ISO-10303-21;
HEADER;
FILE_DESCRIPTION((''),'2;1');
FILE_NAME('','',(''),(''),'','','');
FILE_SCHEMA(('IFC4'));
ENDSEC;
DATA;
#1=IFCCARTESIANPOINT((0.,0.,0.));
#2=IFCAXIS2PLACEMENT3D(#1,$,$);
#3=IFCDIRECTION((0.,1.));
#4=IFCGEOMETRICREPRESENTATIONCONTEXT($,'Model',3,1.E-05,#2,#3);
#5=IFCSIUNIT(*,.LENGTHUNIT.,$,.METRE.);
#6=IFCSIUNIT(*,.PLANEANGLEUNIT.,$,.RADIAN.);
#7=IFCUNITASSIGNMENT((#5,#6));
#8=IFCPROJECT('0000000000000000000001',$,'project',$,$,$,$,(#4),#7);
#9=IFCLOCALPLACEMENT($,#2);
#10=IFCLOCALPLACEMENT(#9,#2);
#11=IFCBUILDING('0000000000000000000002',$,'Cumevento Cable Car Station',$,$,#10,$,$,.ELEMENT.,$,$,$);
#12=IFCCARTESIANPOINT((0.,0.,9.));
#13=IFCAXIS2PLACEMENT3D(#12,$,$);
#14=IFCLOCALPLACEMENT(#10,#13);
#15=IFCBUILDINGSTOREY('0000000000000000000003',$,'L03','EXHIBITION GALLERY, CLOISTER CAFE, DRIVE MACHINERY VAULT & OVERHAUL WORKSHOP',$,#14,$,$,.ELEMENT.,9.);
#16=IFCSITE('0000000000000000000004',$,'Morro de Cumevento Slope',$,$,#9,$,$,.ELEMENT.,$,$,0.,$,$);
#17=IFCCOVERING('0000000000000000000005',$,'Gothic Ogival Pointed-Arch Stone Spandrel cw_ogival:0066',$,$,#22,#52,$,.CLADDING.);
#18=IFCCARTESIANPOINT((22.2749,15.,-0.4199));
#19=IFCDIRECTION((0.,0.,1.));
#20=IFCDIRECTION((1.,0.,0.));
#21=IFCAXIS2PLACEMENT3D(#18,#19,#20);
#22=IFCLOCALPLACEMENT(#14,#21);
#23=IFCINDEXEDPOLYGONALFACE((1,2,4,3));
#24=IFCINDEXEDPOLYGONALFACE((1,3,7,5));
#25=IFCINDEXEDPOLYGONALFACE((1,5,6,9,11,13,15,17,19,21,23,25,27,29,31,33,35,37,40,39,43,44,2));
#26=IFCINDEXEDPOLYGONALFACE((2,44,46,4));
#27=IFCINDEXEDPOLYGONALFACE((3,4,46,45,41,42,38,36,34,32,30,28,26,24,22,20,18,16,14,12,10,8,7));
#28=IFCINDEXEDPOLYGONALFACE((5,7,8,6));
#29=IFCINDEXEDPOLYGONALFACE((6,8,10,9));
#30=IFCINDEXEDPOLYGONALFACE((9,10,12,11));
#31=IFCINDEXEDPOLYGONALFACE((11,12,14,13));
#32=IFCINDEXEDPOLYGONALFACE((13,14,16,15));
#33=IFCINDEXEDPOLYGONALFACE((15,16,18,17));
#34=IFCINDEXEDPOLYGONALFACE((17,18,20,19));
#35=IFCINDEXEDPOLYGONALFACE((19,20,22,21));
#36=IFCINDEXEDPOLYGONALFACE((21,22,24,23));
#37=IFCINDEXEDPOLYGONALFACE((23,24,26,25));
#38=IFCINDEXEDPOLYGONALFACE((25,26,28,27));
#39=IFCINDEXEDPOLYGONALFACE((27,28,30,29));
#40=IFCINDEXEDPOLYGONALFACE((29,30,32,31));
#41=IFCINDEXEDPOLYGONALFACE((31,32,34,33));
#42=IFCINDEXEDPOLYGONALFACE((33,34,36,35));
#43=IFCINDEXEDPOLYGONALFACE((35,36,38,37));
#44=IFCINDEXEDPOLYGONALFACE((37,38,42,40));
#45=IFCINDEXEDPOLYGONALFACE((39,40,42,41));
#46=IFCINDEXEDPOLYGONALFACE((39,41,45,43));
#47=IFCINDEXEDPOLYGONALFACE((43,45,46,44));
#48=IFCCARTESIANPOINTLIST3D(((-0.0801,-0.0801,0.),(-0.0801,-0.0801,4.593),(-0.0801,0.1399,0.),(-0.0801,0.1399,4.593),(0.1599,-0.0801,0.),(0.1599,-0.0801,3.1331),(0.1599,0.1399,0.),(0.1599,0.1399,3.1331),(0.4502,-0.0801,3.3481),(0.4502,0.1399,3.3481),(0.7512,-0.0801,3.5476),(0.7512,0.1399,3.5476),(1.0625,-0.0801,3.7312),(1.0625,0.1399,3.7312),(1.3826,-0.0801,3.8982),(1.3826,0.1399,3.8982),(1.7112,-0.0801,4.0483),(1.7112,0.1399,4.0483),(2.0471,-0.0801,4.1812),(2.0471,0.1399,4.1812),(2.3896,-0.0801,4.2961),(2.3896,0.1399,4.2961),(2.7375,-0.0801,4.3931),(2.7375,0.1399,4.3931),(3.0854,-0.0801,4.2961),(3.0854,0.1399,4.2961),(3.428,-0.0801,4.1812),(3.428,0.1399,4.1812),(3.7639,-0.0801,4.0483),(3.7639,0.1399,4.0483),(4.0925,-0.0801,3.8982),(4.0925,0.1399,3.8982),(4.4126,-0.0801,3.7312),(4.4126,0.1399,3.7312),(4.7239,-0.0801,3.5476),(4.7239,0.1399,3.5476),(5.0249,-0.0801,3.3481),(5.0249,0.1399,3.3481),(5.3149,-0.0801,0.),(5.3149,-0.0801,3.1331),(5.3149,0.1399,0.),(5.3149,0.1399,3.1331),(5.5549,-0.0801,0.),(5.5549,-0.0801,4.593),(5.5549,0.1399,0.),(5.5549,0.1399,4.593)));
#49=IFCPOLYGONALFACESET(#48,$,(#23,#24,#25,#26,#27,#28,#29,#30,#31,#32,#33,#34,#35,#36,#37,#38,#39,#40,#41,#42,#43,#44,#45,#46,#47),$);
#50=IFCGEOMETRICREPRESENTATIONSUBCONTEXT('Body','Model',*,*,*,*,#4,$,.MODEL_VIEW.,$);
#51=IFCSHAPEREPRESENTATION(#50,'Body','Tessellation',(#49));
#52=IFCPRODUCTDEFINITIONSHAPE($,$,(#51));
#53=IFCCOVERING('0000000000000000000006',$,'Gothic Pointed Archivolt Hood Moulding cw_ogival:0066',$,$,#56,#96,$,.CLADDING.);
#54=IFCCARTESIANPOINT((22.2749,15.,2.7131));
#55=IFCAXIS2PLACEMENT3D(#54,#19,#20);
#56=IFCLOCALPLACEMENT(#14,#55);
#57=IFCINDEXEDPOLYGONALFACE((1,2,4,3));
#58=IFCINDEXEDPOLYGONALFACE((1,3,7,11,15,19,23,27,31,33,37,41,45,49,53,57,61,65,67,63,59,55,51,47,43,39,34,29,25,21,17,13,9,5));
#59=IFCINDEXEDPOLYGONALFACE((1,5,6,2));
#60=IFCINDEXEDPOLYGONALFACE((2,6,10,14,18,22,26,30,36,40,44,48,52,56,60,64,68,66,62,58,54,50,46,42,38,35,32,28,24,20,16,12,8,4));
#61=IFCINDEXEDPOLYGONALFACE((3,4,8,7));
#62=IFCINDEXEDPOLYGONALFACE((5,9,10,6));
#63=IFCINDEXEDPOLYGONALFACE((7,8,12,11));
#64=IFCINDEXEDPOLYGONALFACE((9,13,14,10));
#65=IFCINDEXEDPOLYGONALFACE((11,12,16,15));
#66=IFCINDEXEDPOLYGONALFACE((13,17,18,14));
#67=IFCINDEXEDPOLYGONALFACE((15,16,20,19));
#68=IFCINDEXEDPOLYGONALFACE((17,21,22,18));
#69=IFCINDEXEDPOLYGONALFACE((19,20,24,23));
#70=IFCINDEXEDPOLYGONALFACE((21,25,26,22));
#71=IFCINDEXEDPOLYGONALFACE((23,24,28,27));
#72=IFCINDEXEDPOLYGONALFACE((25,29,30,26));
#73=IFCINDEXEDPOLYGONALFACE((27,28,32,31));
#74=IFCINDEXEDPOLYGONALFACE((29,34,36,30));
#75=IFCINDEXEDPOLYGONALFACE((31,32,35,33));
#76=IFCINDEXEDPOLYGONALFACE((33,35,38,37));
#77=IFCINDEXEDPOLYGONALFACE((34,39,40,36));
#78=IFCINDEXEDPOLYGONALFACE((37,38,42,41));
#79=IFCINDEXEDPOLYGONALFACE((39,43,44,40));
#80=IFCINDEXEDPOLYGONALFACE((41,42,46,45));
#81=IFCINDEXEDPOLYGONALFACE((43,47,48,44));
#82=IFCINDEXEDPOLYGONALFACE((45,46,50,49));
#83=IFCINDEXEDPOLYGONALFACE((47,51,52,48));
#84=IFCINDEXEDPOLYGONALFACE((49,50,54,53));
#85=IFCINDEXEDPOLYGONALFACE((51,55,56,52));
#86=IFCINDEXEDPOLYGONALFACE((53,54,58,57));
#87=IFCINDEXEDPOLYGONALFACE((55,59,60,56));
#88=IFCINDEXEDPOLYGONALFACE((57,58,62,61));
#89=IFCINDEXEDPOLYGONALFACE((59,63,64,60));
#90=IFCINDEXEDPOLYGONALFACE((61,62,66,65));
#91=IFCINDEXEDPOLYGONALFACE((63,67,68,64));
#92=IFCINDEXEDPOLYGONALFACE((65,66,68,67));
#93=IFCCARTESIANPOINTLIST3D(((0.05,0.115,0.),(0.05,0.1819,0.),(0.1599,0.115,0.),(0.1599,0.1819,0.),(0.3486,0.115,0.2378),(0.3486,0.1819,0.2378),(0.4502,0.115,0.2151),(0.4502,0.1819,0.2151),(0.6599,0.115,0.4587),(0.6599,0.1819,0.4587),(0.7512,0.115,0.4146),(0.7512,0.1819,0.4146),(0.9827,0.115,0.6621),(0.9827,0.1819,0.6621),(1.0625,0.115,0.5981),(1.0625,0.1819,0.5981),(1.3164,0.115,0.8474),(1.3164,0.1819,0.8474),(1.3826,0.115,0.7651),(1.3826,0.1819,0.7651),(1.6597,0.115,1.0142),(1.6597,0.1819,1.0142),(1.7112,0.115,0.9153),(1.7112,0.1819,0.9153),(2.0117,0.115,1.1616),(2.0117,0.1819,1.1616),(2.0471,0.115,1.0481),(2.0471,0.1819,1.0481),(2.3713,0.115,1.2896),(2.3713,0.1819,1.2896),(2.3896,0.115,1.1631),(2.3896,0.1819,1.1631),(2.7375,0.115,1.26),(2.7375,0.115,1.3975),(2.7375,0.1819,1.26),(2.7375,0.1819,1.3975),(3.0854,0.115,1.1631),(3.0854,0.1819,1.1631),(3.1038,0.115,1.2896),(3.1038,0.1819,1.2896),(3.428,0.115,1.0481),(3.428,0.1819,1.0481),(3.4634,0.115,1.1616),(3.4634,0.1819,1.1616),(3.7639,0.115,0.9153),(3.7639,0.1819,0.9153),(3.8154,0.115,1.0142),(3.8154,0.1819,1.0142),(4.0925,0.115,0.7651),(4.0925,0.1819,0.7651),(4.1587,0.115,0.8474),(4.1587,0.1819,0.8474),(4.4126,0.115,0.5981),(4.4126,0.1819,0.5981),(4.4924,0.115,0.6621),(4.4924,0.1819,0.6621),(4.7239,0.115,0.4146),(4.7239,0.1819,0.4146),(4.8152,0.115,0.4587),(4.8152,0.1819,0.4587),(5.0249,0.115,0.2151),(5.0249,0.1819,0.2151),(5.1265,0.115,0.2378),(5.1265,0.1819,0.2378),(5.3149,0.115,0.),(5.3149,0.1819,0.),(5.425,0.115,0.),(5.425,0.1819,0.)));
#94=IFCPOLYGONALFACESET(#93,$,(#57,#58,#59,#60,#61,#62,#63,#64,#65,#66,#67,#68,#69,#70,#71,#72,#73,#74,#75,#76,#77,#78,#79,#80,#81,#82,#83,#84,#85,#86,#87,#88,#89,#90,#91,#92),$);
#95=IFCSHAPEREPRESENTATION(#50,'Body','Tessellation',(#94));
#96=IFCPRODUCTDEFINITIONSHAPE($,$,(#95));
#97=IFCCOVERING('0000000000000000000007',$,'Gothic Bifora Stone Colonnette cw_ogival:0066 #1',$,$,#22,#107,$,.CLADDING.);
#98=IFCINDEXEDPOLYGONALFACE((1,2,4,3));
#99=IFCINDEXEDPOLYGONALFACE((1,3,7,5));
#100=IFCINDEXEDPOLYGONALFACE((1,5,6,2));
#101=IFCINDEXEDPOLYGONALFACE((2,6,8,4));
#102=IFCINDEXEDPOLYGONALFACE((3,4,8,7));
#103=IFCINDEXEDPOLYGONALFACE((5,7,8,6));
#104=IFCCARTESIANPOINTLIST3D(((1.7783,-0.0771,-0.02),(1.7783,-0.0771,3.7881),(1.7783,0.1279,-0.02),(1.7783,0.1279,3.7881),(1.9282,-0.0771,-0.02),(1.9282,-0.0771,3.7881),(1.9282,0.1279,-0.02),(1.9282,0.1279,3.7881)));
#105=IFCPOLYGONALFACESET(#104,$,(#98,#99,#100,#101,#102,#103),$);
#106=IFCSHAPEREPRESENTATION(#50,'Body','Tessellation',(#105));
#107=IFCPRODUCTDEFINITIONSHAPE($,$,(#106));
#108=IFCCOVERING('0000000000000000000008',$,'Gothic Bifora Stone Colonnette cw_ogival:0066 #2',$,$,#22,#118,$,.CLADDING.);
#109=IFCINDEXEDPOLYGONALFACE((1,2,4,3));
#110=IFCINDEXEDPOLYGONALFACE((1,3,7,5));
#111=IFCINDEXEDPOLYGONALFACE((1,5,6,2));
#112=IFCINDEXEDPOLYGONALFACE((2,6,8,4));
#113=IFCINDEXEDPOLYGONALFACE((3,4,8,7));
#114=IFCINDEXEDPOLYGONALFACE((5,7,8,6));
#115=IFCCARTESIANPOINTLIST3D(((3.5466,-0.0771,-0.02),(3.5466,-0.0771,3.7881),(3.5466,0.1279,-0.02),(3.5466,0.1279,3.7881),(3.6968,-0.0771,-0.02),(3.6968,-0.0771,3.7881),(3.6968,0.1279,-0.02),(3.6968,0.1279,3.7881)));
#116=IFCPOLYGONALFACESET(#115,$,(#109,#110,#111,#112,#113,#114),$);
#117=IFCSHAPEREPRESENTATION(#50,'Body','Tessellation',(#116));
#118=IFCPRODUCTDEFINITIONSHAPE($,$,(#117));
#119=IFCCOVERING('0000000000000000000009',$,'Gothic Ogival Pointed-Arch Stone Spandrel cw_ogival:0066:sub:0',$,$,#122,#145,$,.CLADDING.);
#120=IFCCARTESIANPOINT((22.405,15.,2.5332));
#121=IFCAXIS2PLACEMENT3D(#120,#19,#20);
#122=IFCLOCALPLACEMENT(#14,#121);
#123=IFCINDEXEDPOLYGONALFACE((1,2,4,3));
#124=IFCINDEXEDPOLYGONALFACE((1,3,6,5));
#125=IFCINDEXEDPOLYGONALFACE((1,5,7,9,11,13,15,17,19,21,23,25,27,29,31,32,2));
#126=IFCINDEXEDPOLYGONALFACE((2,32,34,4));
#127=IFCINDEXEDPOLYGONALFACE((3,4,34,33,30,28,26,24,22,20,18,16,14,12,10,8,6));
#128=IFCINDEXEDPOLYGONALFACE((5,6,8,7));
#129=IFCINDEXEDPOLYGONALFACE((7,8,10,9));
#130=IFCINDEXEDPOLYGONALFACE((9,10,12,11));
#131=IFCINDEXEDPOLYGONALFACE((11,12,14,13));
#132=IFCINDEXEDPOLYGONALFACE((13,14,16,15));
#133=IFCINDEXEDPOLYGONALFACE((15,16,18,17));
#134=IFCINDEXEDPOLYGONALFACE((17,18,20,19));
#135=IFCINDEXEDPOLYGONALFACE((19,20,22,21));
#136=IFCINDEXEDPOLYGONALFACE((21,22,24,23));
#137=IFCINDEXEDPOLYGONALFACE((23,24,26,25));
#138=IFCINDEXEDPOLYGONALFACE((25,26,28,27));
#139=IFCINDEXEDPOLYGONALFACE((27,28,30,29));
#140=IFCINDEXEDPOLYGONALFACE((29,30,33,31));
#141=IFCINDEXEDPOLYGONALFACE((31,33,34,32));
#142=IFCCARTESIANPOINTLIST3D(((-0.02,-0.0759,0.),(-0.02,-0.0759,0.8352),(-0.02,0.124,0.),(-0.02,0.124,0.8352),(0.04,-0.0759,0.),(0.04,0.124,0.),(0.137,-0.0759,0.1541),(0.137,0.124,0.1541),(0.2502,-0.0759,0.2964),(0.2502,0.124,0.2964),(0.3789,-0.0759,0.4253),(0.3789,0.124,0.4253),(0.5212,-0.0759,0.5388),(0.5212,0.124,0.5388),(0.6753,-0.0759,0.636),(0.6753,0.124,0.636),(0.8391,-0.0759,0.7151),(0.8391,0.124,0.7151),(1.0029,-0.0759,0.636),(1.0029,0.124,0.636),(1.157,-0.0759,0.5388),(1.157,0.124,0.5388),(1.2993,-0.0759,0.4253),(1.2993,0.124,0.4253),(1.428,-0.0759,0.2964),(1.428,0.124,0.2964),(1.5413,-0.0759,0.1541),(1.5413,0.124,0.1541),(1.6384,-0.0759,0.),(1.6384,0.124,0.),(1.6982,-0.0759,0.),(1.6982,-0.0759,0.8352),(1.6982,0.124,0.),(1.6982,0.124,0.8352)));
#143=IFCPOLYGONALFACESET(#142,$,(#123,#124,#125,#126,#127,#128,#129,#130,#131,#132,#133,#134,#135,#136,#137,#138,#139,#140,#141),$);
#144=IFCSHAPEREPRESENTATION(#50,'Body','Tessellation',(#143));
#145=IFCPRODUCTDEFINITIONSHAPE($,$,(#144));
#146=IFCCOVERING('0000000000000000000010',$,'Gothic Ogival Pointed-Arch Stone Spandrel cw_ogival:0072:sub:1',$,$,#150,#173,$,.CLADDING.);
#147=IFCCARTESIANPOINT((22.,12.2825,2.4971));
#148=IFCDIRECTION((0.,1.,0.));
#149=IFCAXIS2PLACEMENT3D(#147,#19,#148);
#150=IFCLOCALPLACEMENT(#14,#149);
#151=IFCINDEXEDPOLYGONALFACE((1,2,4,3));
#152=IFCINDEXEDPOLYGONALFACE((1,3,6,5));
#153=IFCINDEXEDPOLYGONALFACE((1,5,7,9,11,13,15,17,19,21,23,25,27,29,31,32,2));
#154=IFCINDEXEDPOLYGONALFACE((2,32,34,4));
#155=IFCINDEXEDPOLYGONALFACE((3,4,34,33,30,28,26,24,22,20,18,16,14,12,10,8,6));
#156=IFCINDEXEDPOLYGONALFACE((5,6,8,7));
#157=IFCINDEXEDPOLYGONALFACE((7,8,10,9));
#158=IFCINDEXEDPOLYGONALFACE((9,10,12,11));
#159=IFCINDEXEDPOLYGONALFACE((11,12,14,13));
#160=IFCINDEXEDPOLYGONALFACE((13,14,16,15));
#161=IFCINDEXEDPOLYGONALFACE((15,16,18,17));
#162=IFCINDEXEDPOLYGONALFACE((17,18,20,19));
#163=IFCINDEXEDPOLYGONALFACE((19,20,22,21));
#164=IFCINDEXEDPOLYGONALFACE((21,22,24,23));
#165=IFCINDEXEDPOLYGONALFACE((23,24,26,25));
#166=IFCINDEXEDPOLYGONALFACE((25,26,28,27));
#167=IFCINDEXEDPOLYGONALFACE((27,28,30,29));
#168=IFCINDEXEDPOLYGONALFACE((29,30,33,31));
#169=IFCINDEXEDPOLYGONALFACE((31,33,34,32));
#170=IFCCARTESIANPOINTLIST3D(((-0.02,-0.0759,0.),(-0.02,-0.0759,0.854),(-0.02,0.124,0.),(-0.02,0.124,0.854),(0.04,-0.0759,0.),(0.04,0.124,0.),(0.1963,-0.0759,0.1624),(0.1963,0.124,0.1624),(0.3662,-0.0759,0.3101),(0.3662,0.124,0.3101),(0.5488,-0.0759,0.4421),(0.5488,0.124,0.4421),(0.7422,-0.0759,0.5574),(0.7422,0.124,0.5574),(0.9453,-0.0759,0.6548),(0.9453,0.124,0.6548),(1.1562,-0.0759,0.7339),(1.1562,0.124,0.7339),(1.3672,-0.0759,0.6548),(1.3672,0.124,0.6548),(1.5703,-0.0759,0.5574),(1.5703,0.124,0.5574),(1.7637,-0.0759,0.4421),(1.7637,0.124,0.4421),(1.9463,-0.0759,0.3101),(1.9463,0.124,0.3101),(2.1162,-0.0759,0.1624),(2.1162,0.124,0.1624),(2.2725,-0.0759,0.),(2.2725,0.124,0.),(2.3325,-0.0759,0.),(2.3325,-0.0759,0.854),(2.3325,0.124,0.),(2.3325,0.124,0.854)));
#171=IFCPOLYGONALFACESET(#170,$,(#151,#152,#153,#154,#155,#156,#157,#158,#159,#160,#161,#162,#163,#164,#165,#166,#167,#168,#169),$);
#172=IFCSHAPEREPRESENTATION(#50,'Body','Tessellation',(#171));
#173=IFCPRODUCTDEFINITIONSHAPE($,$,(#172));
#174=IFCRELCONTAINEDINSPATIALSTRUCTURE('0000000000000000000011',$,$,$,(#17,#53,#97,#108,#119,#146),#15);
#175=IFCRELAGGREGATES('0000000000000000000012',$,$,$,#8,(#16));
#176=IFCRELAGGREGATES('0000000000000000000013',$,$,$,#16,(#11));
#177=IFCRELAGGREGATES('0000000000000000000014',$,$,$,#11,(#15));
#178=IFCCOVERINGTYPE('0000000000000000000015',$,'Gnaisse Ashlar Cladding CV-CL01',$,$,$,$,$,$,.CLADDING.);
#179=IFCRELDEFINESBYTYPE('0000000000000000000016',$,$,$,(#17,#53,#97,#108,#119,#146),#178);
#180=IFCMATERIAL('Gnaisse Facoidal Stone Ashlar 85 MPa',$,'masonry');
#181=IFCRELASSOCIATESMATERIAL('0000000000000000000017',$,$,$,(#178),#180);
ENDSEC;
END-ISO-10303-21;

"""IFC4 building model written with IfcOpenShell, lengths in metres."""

from ifc_helpers import new_model, si_unit, direction, frame, origin, place, context, subcontext, project, spatial, polyline, outline, extrude, material, type_object, element, save


model = new_model("IFC4")

# Units and contexts
model_context = context("Model", 3, precision=1e-05, world=origin(), true_north=direction((0.0, 1.0)))
body_context = subcontext(model_context, "Body", "Model", "MODEL_VIEW")
ifc_project = project(units=[si_unit("LENGTHUNIT", "METRE"), si_unit("PLANEANGLEUNIT", "RADIAN")], contexts=[model_context])

# Site, building, storey
site_placement = place(None, origin())
site = spatial("IfcSite", under=ifc_project, at=site_placement, Name="Morro de Cumevento Slope", CompositionType="ELEMENT", RefElevation=0.0)
building_placement = place(site_placement, origin())
building = spatial("IfcBuilding", under=site, at=building_placement, Name="Cumevento Cable Car Station", CompositionType="ELEMENT")
storey_placement = place(building_placement, frame((0.0, 0.0, 9.0)))
storey = spatial("IfcBuildingStorey", under=building, at=storey_placement, Name="L03", Description="EXHIBITION GALLERY, CLOISTER CAFE, DRIVE MACHINERY VAULT & OVERHAUL WORKSHOP", CompositionType="ELEMENT", Elevation=9.0)

# Coverings
ifc_material_1 = material(Name="Gnaisse Facoidal Stone Ashlar 85 MPa", Category="masonry")
covering_type = type_object("IfcCoveringType", Name="Gnaisse Ashlar Cladding CV-CL01", PredefinedType="CLADDING", material=ifc_material_1)
placement = place(storey_placement, frame((22.2749, 15.0, -0.4199), z_axis=(0.0, 0.0, 1.0), x_axis=(1.0, 0.0, 0.0)))
element("IfcCovering", 1, at=placement, inside=storey, type_object=covering_type, Name="Gothic Ogival Pointed-Arch Stone Spandrel cw_ogival:0066", PredefinedType="CLADDING", context=body_context, shape_type="SweptSolid", body=[
    extrude(outline(polyline([(-0.0801, 0.0), (-0.0801, 4.593), (5.5549, 4.593), (5.5549, 0.0), (5.3149, 0.0), (5.3149, 3.1331), (5.0249, 3.3481), (4.7239, 3.5476), (4.4126, 3.7312), (4.0925, 3.8982), (3.7639, 4.0483), (3.428, 4.1812), (3.0854, 4.2961), (2.7375, 4.3931), (2.3896, 4.2961), (2.0471, 4.1812), (1.7112, 4.0483), (1.3826, 3.8982), (1.0625, 3.7312), (0.7512, 3.5476), (0.4502, 3.3481), (0.1599, 3.1331), (0.1599, 0.0), (-0.0801, 0.0)])), frame((0.0, 0.1399, 0.0), z_axis=(0.0, -1.0, 0.0), x_axis=(1.0, 0.0, 0.0)), (0.0, 0.0, 1.0), 0.22),
])
covering_1_placement = place(storey_placement, frame((22.2749, 15.0, 2.7131), z_axis=(0.0, 0.0, 1.0), x_axis=(1.0, 0.0, 0.0)))
element("IfcCovering", 2, at=covering_1_placement, inside=storey, type_object=covering_type, Name="Gothic Pointed Archivolt Hood Moulding cw_ogival:0066", PredefinedType="CLADDING", context=body_context, shape_type="SweptSolid", body=[
    extrude(outline(polyline([(0.1599, 0.0), (0.4502, 0.2151), (0.7512, 0.4146), (1.0625, 0.5981), (1.3826, 0.7651), (1.7112, 0.9153), (2.0471, 1.0481), (2.3896, 1.1631), (2.7375, 1.26), (3.0854, 1.1631), (3.428, 1.0481), (3.7639, 0.9153), (4.0925, 0.7651), (4.4126, 0.5981), (4.7239, 0.4146), (5.0249, 0.2151), (5.3149, 0.0), (5.425, 0.0), (5.1265, 0.2378), (4.8152, 0.4587), (4.4924, 0.6621), (4.1587, 0.8474), (3.8154, 1.0142), (3.4634, 1.1616), (3.1038, 1.2896), (2.7375, 1.3975), (2.3713, 1.2896), (2.0117, 1.1616), (1.6597, 1.0142), (1.3164, 0.8474), (0.9827, 0.6621), (0.6599, 0.4587), (0.3486, 0.2378), (0.05, 0.0), (0.1599, 0.0)])), frame((0.0, 0.1819, 0.0), z_axis=(0.0, -1.0, 0.0), x_axis=(1.0, 0.0, 0.0)), (0.0, 0.0, 1.0), 0.0669),
])
element("IfcCovering", 3, at=placement, inside=storey, type_object=covering_type, Name="Gothic Bifora Stone Colonnette cw_ogival:0066 #1", PredefinedType="CLADDING", context=body_context, shape_type="SweptSolid", body=[
    extrude(outline(polyline([(1.7783, -0.02), (1.9282, -0.02), (1.9282, 3.7881), (1.7783, 3.7881), (1.7783, -0.02)])), frame((0.0, 0.1279, 0.0), z_axis=(0.0, -1.0, 0.0), x_axis=(1.0, 0.0, 0.0)), (0.0, 0.0, 1.0), 0.2051),
])
element("IfcCovering", 4, at=placement, inside=storey, type_object=covering_type, Name="Gothic Bifora Stone Colonnette cw_ogival:0066 #2", PredefinedType="CLADDING", context=body_context, shape_type="SweptSolid", body=[
    extrude(outline(polyline([(3.5466, -0.02), (3.6968, -0.02), (3.6968, 3.7881), (3.5466, 3.7881), (3.5466, -0.02)])), frame((0.0, 0.1279, 0.0), z_axis=(0.0, -1.0, 0.0), x_axis=(1.0, 0.0, 0.0)), (0.0, 0.0, 1.0), 0.2051),
])
covering_2_placement = place(storey_placement, frame((22.405, 15.0, 2.5332), z_axis=(0.0, 0.0, 1.0), x_axis=(1.0, 0.0, 0.0)))
element("IfcCovering", 5, at=covering_2_placement, inside=storey, type_object=covering_type, Name="Gothic Ogival Pointed-Arch Stone Spandrel cw_ogival:0066:sub:0", PredefinedType="CLADDING", context=body_context, shape_type="SweptSolid", body=[
    extrude(outline(polyline([(-0.02, 0.0), (-0.02, 0.8352), (1.6982, 0.8352), (1.6982, 0.0), (1.6384, 0.0), (1.5413, 0.1541), (1.428, 0.2964), (1.2993, 0.4253), (1.157, 0.5388), (1.0029, 0.636), (0.8391, 0.7151), (0.6753, 0.636), (0.5212, 0.5388), (0.3789, 0.4253), (0.2502, 0.2964), (0.137, 0.1541), (0.04, 0.0), (-0.02, 0.0)])), frame((0.0, 0.124, 0.0), z_axis=(0.0, -1.0, 0.0), x_axis=(1.0, 0.0, 0.0)), (0.0, 0.0, 1.0), 0.2),
])
covering_3_placement = place(storey_placement, frame((22.0, 12.2825, 2.4971), z_axis=(0.0, 0.0, 1.0), x_axis=(0.0, 1.0, 0.0)))
element("IfcCovering", 6, at=covering_3_placement, inside=storey, type_object=covering_type, Name="Gothic Ogival Pointed-Arch Stone Spandrel cw_ogival:0072:sub:1", PredefinedType="CLADDING", context=body_context, shape_type="SweptSolid", body=[
    extrude(outline(polyline([(-0.02, 0.0), (-0.02, 0.854), (2.3325, 0.854), (2.3325, 0.0), (2.2725, 0.0), (2.1162, 0.1624), (1.9463, 0.3101), (1.7637, 0.4421), (1.5703, 0.5574), (1.3672, 0.6548), (1.1562, 0.7339), (0.9453, 0.6548), (0.7422, 0.5574), (0.5488, 0.4421), (0.3662, 0.3101), (0.1963, 0.1624), (0.04, 0.0), (-0.02, 0.0)])), frame((0.0, 0.124, 0.0), z_axis=(0.0, -1.0, 0.0), x_axis=(1.0, 0.0, 0.0)), (0.0, 0.0, 1.0), 0.2),
])

save(model, "model.ifc")
